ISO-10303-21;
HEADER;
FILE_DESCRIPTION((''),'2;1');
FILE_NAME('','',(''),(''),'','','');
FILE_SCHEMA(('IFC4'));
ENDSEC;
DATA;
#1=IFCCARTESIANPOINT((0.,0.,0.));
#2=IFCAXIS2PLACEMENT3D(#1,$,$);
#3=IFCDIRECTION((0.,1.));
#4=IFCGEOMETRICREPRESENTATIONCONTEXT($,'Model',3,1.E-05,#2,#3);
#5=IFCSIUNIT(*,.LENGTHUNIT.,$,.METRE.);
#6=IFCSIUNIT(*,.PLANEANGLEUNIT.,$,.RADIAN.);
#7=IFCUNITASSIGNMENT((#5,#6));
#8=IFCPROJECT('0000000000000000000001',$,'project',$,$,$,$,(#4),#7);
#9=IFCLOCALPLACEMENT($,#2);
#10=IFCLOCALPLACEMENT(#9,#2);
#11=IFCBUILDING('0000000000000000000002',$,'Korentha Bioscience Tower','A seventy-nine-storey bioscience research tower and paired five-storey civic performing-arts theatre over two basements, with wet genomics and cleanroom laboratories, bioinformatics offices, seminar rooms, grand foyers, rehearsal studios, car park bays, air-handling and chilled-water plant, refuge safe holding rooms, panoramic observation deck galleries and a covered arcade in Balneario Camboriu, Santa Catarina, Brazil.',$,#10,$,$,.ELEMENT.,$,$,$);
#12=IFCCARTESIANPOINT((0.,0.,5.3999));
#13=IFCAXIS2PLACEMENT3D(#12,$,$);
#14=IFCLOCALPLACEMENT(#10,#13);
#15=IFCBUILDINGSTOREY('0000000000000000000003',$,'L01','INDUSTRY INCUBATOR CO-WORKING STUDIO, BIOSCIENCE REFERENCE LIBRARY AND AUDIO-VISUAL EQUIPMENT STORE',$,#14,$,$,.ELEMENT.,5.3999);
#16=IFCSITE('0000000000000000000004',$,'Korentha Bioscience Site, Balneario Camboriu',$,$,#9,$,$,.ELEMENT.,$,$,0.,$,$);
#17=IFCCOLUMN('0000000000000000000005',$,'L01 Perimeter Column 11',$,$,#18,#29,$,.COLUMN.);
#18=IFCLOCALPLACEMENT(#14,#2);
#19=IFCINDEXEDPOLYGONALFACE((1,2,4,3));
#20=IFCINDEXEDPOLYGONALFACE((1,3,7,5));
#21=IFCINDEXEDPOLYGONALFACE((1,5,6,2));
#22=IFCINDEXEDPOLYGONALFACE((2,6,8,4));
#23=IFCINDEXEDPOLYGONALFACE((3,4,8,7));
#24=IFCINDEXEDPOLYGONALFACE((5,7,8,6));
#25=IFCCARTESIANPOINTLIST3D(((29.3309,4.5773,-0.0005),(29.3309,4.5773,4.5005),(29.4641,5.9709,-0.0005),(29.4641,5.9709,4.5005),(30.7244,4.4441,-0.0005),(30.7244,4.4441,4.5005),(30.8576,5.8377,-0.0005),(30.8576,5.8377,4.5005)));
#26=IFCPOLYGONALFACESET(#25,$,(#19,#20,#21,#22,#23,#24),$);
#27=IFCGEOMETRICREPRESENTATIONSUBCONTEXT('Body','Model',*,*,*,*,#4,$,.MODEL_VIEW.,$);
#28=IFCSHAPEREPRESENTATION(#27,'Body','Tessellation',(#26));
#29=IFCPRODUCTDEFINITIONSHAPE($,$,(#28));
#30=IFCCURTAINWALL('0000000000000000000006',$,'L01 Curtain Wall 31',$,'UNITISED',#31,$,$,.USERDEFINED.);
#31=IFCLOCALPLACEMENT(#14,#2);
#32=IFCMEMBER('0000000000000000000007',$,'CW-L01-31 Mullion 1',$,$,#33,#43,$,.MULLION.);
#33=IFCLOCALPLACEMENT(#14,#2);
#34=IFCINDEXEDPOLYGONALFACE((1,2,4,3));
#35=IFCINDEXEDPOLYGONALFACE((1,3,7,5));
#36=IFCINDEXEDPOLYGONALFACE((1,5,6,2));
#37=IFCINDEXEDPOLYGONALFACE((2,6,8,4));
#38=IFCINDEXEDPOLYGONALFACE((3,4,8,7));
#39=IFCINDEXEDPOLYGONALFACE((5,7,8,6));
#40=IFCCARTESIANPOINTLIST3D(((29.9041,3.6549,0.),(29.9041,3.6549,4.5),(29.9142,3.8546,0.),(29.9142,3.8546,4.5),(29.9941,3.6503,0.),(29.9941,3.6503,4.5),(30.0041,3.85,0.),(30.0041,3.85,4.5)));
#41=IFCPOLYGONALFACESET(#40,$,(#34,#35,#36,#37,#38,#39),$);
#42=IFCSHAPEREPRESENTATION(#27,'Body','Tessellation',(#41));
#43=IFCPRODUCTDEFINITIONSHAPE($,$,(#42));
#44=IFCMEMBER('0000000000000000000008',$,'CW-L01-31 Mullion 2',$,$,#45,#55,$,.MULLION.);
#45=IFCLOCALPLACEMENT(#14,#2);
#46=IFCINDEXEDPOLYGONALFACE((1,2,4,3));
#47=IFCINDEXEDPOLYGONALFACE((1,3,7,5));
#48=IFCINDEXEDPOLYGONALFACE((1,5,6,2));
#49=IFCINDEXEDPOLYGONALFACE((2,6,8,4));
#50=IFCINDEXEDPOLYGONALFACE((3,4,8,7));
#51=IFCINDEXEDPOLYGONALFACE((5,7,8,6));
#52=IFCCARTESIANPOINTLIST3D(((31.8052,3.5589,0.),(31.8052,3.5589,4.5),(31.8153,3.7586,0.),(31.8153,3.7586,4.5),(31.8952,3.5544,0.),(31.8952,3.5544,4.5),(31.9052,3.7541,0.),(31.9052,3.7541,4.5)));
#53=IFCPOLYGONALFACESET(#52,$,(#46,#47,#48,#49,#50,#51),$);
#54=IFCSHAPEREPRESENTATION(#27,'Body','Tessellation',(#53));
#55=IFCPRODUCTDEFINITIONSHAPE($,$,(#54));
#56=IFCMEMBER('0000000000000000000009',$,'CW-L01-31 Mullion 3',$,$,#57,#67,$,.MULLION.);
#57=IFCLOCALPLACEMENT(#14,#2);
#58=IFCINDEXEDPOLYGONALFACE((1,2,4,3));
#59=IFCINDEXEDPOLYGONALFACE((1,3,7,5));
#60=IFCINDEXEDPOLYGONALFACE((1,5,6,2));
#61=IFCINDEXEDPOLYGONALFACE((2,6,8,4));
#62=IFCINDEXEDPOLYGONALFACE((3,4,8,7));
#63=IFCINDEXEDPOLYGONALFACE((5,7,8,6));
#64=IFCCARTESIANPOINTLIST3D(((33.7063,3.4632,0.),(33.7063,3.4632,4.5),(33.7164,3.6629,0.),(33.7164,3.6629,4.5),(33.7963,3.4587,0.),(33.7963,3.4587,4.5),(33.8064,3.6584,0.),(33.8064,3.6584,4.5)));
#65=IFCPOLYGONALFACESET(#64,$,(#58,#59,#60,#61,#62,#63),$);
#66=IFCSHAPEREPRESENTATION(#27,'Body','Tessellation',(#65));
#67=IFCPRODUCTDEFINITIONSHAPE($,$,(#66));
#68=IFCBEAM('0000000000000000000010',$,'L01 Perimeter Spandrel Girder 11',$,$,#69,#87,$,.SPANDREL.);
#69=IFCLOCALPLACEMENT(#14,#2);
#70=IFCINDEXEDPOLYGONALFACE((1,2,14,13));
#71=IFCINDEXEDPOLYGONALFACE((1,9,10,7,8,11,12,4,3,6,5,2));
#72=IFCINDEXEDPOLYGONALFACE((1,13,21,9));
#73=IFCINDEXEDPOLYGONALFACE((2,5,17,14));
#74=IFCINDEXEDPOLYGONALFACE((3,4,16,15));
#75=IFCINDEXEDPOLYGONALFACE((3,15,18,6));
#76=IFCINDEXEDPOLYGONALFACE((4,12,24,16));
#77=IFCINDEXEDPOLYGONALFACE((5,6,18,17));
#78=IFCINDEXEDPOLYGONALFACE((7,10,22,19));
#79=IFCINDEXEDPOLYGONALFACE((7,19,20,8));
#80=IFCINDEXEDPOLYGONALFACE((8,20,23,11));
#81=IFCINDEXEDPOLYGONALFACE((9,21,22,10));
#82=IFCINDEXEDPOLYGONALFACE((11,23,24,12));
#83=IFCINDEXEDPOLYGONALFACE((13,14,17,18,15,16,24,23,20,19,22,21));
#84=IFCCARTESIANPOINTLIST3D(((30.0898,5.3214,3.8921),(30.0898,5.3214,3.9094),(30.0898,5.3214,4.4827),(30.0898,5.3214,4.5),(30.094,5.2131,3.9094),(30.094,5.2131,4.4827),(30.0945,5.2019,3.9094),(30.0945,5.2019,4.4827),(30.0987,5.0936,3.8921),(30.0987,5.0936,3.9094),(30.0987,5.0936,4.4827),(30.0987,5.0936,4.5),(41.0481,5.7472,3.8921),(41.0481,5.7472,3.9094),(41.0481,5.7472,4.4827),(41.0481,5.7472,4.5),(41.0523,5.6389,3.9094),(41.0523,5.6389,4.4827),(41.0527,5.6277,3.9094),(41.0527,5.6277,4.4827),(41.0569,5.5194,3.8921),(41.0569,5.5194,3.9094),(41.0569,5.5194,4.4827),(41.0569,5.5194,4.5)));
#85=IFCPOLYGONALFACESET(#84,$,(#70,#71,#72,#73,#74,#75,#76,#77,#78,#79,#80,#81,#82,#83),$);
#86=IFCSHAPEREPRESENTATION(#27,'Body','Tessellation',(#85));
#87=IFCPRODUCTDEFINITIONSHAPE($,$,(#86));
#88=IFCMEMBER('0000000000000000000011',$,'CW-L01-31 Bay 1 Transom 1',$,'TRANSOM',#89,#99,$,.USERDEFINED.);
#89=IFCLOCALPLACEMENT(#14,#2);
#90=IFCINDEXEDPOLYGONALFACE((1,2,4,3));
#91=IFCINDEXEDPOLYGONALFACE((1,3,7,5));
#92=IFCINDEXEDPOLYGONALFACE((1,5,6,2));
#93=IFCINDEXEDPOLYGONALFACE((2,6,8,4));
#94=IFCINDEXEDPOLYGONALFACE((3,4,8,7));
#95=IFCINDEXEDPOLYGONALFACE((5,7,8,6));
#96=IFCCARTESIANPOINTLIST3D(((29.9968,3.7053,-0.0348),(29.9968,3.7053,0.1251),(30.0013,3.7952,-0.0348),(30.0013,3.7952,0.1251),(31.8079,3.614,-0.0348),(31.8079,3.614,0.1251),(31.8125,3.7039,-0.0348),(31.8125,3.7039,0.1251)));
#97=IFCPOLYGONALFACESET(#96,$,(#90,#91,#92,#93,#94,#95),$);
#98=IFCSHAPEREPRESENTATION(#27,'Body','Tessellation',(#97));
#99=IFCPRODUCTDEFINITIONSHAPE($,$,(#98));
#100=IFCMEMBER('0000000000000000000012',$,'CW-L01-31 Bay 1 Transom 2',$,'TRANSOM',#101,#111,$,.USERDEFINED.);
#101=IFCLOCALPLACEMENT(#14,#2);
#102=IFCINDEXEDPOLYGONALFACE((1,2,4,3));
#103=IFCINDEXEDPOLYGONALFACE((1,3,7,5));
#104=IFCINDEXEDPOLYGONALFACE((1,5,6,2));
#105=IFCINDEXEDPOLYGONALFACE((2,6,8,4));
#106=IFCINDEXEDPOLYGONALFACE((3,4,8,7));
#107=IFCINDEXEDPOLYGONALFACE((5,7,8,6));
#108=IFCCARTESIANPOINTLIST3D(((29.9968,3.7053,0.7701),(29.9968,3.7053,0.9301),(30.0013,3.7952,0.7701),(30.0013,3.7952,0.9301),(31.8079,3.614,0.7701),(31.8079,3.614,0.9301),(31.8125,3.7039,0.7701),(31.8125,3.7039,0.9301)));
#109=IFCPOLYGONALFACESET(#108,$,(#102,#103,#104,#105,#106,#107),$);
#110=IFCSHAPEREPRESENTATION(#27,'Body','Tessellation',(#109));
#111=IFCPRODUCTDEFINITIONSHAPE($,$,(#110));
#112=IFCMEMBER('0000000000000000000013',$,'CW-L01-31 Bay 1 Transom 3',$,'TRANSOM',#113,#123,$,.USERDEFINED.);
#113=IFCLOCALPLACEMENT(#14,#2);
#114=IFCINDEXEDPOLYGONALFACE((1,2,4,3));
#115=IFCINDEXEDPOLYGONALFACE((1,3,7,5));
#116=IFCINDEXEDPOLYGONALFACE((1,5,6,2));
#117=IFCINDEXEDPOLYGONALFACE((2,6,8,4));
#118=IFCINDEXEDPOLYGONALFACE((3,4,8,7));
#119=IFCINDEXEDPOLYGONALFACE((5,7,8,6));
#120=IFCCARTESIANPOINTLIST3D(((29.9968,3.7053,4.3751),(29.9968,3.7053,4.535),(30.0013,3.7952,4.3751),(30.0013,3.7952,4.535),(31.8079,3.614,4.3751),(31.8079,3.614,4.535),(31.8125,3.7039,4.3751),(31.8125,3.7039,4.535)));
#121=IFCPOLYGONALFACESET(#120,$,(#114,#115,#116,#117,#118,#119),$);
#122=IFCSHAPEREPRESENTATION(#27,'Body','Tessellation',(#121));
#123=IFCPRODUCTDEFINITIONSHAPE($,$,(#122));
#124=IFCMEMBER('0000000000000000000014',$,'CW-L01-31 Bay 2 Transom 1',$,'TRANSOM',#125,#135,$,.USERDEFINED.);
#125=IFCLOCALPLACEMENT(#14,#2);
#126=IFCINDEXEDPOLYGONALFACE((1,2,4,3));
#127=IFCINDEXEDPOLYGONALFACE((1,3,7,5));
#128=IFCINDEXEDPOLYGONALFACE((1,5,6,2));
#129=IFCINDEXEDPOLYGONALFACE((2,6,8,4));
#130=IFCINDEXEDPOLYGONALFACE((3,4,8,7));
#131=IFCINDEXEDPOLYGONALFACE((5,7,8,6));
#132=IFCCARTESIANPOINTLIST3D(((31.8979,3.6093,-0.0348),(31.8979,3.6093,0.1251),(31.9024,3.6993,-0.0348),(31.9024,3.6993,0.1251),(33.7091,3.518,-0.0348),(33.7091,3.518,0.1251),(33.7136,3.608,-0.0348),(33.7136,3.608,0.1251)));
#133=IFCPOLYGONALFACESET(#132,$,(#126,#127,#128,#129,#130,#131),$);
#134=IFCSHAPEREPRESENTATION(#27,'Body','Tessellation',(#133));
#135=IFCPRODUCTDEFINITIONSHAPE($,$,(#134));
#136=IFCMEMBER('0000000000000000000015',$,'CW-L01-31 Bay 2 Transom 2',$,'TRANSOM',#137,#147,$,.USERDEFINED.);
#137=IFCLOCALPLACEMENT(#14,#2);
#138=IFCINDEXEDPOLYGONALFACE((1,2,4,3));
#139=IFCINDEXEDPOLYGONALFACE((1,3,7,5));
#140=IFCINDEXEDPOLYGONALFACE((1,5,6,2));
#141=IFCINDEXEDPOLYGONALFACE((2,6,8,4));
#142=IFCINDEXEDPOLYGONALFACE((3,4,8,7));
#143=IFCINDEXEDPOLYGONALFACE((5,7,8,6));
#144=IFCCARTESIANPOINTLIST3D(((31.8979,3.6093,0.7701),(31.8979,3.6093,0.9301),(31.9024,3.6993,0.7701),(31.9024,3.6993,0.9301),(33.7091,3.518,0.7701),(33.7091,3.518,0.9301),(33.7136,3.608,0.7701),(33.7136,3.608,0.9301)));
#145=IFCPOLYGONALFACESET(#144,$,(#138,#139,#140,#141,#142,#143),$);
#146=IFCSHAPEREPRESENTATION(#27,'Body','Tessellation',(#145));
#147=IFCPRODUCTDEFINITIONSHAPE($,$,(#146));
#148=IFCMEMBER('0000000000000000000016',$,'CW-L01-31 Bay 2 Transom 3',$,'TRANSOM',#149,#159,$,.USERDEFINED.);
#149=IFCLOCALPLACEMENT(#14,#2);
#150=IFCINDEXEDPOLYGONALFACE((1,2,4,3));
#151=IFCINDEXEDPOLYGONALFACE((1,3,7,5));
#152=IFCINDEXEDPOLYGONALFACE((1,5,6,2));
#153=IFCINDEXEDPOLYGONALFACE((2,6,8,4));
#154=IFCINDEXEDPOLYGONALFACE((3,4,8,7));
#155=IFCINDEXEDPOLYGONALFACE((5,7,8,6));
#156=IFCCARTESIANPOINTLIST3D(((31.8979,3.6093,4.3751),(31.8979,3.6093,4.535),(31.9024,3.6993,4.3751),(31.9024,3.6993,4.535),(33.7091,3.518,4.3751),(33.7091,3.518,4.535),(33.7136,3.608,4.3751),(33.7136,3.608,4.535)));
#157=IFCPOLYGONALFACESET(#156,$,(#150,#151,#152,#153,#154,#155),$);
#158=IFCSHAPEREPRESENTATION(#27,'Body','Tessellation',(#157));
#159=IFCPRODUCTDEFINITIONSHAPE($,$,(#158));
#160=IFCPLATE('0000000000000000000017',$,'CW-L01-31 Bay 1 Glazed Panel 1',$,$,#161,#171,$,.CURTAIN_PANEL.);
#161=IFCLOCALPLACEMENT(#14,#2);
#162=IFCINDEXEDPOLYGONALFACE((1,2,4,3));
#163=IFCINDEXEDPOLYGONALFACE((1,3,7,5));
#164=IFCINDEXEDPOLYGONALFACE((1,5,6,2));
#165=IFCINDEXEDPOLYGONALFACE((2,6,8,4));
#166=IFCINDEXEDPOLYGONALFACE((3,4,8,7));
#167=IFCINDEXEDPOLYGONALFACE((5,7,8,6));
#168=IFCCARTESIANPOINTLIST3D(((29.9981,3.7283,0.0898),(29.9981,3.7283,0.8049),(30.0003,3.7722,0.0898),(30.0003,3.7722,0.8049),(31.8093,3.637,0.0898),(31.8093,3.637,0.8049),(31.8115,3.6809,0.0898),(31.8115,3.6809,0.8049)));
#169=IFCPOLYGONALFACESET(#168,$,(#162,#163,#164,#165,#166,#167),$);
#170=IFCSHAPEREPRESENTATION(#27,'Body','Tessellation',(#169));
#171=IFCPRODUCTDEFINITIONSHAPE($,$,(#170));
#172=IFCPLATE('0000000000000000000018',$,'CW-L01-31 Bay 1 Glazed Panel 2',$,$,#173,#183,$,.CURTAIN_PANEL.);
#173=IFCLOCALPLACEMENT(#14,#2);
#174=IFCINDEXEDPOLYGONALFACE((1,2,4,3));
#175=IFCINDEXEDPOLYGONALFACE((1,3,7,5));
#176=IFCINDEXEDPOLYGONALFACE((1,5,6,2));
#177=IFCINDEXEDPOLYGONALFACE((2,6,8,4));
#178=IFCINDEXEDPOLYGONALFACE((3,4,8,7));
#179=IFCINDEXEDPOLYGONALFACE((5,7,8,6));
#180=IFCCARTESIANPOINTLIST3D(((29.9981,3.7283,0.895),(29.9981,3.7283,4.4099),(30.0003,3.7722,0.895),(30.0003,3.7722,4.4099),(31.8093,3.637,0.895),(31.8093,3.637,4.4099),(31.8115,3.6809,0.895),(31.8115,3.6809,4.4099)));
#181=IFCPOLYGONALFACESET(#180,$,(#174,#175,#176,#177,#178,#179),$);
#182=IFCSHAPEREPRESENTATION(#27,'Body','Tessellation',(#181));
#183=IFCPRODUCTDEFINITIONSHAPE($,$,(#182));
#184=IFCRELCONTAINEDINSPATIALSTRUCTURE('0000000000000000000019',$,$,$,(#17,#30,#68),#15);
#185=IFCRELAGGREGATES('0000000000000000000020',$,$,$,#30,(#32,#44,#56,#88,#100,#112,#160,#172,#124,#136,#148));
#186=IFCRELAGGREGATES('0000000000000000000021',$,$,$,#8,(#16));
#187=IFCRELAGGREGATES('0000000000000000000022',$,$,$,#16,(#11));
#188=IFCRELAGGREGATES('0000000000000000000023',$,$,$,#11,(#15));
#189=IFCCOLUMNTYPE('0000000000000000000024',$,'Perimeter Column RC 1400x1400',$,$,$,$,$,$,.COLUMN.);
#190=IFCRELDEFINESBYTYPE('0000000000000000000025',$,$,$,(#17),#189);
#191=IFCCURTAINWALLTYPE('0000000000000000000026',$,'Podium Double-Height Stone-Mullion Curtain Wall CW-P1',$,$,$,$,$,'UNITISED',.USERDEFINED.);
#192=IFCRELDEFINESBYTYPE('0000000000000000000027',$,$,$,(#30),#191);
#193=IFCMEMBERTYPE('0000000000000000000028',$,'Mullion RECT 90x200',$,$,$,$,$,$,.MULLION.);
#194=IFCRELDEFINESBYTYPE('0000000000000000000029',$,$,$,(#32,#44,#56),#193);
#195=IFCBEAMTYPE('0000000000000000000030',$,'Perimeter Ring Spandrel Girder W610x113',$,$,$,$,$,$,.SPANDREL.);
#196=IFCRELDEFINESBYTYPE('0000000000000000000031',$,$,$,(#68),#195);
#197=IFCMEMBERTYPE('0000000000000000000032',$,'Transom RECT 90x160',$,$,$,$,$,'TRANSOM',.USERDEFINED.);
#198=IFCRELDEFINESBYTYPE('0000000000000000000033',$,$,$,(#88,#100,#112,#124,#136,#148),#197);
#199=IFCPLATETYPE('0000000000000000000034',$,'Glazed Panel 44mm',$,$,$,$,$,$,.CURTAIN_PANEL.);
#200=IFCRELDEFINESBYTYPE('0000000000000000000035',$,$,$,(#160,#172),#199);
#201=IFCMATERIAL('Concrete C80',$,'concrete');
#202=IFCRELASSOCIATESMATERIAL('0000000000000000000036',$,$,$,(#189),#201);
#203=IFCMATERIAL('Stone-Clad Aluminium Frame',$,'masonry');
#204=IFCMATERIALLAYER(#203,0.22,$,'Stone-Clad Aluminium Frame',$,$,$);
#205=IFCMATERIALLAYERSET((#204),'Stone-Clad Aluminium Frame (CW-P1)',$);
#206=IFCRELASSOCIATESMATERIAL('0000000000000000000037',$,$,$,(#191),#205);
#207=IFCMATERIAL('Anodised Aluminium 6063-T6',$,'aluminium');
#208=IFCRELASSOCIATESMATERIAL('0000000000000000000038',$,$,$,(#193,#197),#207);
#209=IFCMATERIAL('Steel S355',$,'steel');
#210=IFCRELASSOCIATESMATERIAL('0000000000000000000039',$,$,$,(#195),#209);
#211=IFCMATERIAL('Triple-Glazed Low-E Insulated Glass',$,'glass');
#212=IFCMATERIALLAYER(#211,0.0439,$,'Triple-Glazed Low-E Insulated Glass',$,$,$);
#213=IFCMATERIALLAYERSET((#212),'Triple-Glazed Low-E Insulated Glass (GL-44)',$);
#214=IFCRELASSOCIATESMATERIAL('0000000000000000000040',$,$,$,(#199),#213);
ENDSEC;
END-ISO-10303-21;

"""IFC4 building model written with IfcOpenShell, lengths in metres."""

from ifc_helpers import new_model, si_unit, direction, frame, origin, origin_2d, place, context, subcontext, project, spatial, rectangle, i_section, extrude, material, layer, layer_set, material_profile, profile_set, type_object, element, aggregate, save


model = new_model("IFC4")

# Units and contexts
model_context = context("Model", 3, precision=1e-05, world=origin(), true_north=direction((0.0, 1.0)))
body_context = subcontext(model_context, "Body", "Model", "MODEL_VIEW")
ifc_project = project(units=[si_unit("LENGTHUNIT", "METRE"), si_unit("PLANEANGLEUNIT", "RADIAN")], contexts=[model_context])

# Site, building, storey
site_placement = place(None, origin())
site = spatial("IfcSite", under=ifc_project, at=site_placement, Name="Korentha Bioscience Site, Balneario Camboriu", CompositionType="ELEMENT", RefElevation=0.0)
building_placement = place(site_placement, origin())
building = spatial("IfcBuilding", under=site, at=building_placement, Name="Korentha Bioscience Tower", Description="A seventy-nine-storey bioscience research tower and paired five-storey civic performing-arts theatre over two basements, with wet genomics and cleanroom laboratories, bioinformatics offices, seminar rooms, grand foyers, rehearsal studios, car park bays, air-handling and chilled-water plant, refuge safe holding rooms, panoramic observation deck galleries and a covered arcade in Balneario Camboriu, Santa Catarina, Brazil.", CompositionType="ELEMENT")
storey_placement = place(building_placement, frame((0.0, 0.0, 5.3999)))
storey = spatial("IfcBuildingStorey", under=building, at=storey_placement, Name="L01", Description="INDUSTRY INCUBATOR CO-WORKING STUDIO, BIOSCIENCE REFERENCE LIBRARY AND AUDIO-VISUAL EQUIPMENT STORE", CompositionType="ELEMENT", Elevation=5.3999)

# Column
ifc_material_1 = material(Name="Concrete C80", Category="concrete")
ifc_material_profile_1 = material_profile(ifc_material_1, rectangle(XDim=1.3999, YDim=1.3999, at=origin_2d()), Name="Concrete C80")
ifc_profile_set_1 = profile_set([ifc_material_profile_1], Name="Concrete C80 (COL-P14)")
column_type = type_object("IfcColumnType", Name="Perimeter Column RC 1400x1400", PredefinedType="COLUMN", material=ifc_profile_set_1)
column_placement = place(storey_placement, frame((30.0942, 5.2075, -0.0005), z_axis=(0.0, 0.0, 1.0), x_axis=(-0.995463, 0.095151, 0.0)))
element("IfcColumn", 1, at=column_placement, inside=storey, type_object=column_type, Name="L01 Perimeter Column 11", PredefinedType="COLUMN", context=body_context, shape_type="SweptSolid", body=[
    extrude(rectangle(XDim=1.3999, YDim=1.3999, at=origin_2d()), origin(), (0.0, 0.0, 1.0), 4.501),
])

# Curtain wall, members
ifc_material_2 = material(Name="Stone-Clad Aluminium Frame", Category="masonry")
ifc_layer_1 = layer(ifc_material_2, 0.22, Name="Stone-Clad Aluminium Frame")
ifc_layer_set_1 = layer_set([ifc_layer_1], Name="Stone-Clad Aluminium Frame (CW-P1)")
curtain_wall_type = type_object("IfcCurtainWallType", Name="Podium Double-Height Stone-Mullion Curtain Wall CW-P1", ElementType="UNITISED", PredefinedType="USERDEFINED", material=ifc_layer_set_1)
curtain_wall_placement = place(storey_placement, origin())
curtain_wall = element("IfcCurtainWall", 2, at=curtain_wall_placement, inside=storey, type_object=curtain_wall_type, Name="L01 Curtain Wall 31", ObjectType="UNITISED", PredefinedType="USERDEFINED")
ifc_material_3 = material(Name="Anodised Aluminium 6063-T6", Category="aluminium")
ifc_material_profile_2 = material_profile(ifc_material_3, rectangle(XDim=0.0901, YDim=0.2, at=origin_2d()), Name="Anodised Aluminium 6063-T6")
ifc_profile_set_2 = profile_set([ifc_material_profile_2], Name="Anodised Aluminium 6063-T6 (CW-MUL)")
member_type_1 = type_object("IfcMemberType", Name="Mullion RECT 90x200", PredefinedType="MULLION", material=ifc_profile_set_2)
member_1_placement = place(storey_placement, frame((29.9541, 3.7524, 0.0), z_axis=(0.0, 0.0, 1.0), x_axis=(0.998731, -0.050371, 0.0)))
member_1 = element("IfcMember", 3, at=member_1_placement, type_object=member_type_1, Name="CW-L01-31 Mullion 1", PredefinedType="MULLION", context=body_context, shape_type="SweptSolid", body=[
    extrude(rectangle(XDim=0.0901, YDim=0.2, at=origin_2d()), origin(), (0.0, 0.0, 1.0), 4.5),
])
member_2_placement = place(storey_placement, frame((31.8552, 3.6565, 0.0), z_axis=(0.0, 0.0, 1.0), x_axis=(0.998731, -0.050371, 0.0)))
member_2 = element("IfcMember", 4, at=member_2_placement, type_object=member_type_1, Name="CW-L01-31 Mullion 2", PredefinedType="MULLION", context=body_context, shape_type="SweptSolid", body=[
    extrude(rectangle(XDim=0.0901, YDim=0.2, at=origin_2d()), origin(), (0.0, 0.0, 1.0), 4.5),
])
member_3_placement = place(storey_placement, frame((33.7563, 3.5608, 0.0), z_axis=(0.0, 0.0, 1.0), x_axis=(0.998731, -0.050371, 0.0)))
member_3 = element("IfcMember", 5, at=member_3_placement, type_object=member_type_1, Name="CW-L01-31 Mullion 3", PredefinedType="MULLION", context=body_context, shape_type="SweptSolid", body=[
    extrude(rectangle(XDim=0.0901, YDim=0.2, at=origin_2d()), origin(), (0.0, 0.0, 1.0), 4.5),
])

# Beam
ifc_material_4 = material(Name="Steel S355", Category="steel")
ifc_material_profile_3 = material_profile(ifc_material_4, i_section(OverallWidth=0.228, OverallDepth=0.6079, WebThickness=0.0112, FlangeThickness=0.0173, at=origin_2d()), Name="Steel S355")
ifc_profile_set_3 = profile_set([ifc_material_profile_3], Name="Steel S355 (SB-610)")
beam_type = type_object("IfcBeamType", Name="Perimeter Ring Spandrel Girder W610x113", PredefinedType="SPANDREL", material=ifc_profile_set_3)
beam_placement = place(storey_placement, frame((30.0942, 5.2075, 4.196), z_axis=(0.999246, 0.038826, 0.0), x_axis=(-0.038826, 0.999246, 0.0)))
element("IfcBeam", 6, at=beam_placement, inside=storey, type_object=beam_type, Name="L01 Perimeter Spandrel Girder 11", PredefinedType="SPANDREL", context=body_context, shape_type="SweptSolid", body=[
    extrude(i_section(OverallWidth=0.228, OverallDepth=0.6079, WebThickness=0.0112, FlangeThickness=0.0173, at=origin_2d()), origin(), (0.0, 0.0, 1.0), 10.9666),
])

# Members
ifc_material_profile_4 = material_profile(ifc_material_3, rectangle(XDim=0.0901, YDim=0.1599, at=origin_2d()), Name="Anodised Aluminium 6063-T6")
ifc_profile_set_4 = profile_set([ifc_material_profile_4], Name="Anodised Aluminium 6063-T6 (CW-TRN)")
member_type_2 = type_object("IfcMemberType", Name="Transom RECT 90x160", ElementType="TRANSOM", PredefinedType="USERDEFINED", material=ifc_profile_set_4)
member_4_placement = place(storey_placement, frame((29.999, 3.7502, 0.0452), z_axis=(0.998732, -0.050347, 0.0), x_axis=(0.050347, 0.998732, 0.0)))
member_4 = element("IfcMember", 7, at=member_4_placement, type_object=member_type_2, Name="CW-L01-31 Bay 1 Transom 1", ObjectType="TRANSOM", PredefinedType="USERDEFINED", context=body_context, shape_type="SweptSolid", body=[
    extrude(rectangle(XDim=0.0901, YDim=0.1599, at=origin_2d()), origin(), (0.0, 0.0, 1.0), 1.8135),
])
member_5_placement = place(storey_placement, frame((29.999, 3.7502, 0.8501), z_axis=(0.998732, -0.050347, 0.0), x_axis=(0.050347, 0.998732, 0.0)))
member_5 = element("IfcMember", 8, at=member_5_placement, type_object=member_type_2, Name="CW-L01-31 Bay 1 Transom 2", ObjectType="TRANSOM", PredefinedType="USERDEFINED", context=body_context, shape_type="SweptSolid", body=[
    extrude(rectangle(XDim=0.0901, YDim=0.1599, at=origin_2d()), origin(), (0.0, 0.0, 1.0), 1.8135),
])
member_6_placement = place(storey_placement, frame((29.999, 3.7502, 4.4551), z_axis=(0.998732, -0.050347, 0.0), x_axis=(0.050347, 0.998732, 0.0)))
member_6 = element("IfcMember", 9, at=member_6_placement, type_object=member_type_2, Name="CW-L01-31 Bay 1 Transom 3", ObjectType="TRANSOM", PredefinedType="USERDEFINED", context=body_context, shape_type="SweptSolid", body=[
    extrude(rectangle(XDim=0.0901, YDim=0.1599, at=origin_2d()), origin(), (0.0, 0.0, 1.0), 1.8135),
])
member_7_placement = place(storey_placement, frame((31.9001, 3.6543, 0.0452), z_axis=(0.998732, -0.050347, 0.0), x_axis=(0.050347, 0.998732, 0.0)))
member_7 = element("IfcMember", 10, at=member_7_placement, type_object=member_type_2, Name="CW-L01-31 Bay 2 Transom 1", ObjectType="TRANSOM", PredefinedType="USERDEFINED", context=body_context, shape_type="SweptSolid", body=[
    extrude(rectangle(XDim=0.0901, YDim=0.1599, at=origin_2d()), origin(), (0.0, 0.0, 1.0), 1.8135),
])
member_8_placement = place(storey_placement, frame((31.9001, 3.6543, 0.8501), z_axis=(0.998732, -0.050347, 0.0), x_axis=(0.050347, 0.998732, 0.0)))
member_8 = element("IfcMember", 11, at=member_8_placement, type_object=member_type_2, Name="CW-L01-31 Bay 2 Transom 2", ObjectType="TRANSOM", PredefinedType="USERDEFINED", context=body_context, shape_type="SweptSolid", body=[
    extrude(rectangle(XDim=0.0901, YDim=0.1599, at=origin_2d()), origin(), (0.0, 0.0, 1.0), 1.8135),
])
member_9_placement = place(storey_placement, frame((31.9001, 3.6543, 4.4551), z_axis=(0.998732, -0.050347, 0.0), x_axis=(0.050347, 0.998732, 0.0)))
member_9 = element("IfcMember", 12, at=member_9_placement, type_object=member_type_2, Name="CW-L01-31 Bay 2 Transom 3", ObjectType="TRANSOM", PredefinedType="USERDEFINED", context=body_context, shape_type="SweptSolid", body=[
    extrude(rectangle(XDim=0.0901, YDim=0.1599, at=origin_2d()), origin(), (0.0, 0.0, 1.0), 1.8135),
])

# Plates
ifc_material_5 = material(Name="Triple-Glazed Low-E Insulated Glass", Category="glass")
ifc_layer_2 = layer(ifc_material_5, 0.0439, Name="Triple-Glazed Low-E Insulated Glass")
ifc_layer_set_2 = layer_set([ifc_layer_2], Name="Triple-Glazed Low-E Insulated Glass (GL-44)")
plate_type = type_object("IfcPlateType", Name="Glazed Panel 44mm", PredefinedType="CURTAIN_PANEL", material=ifc_layer_set_2)
plate_1_placement = place(storey_placement, frame((30.9048, 3.7046, 0.0898), z_axis=(0.0, 0.0, 1.0), x_axis=(0.998731, -0.050371, 0.0)))
plate_1 = element("IfcPlate", 13, at=plate_1_placement, type_object=plate_type, Name="CW-L01-31 Bay 1 Glazed Panel 1", PredefinedType="CURTAIN_PANEL", context=body_context, shape_type="SweptSolid", body=[
    extrude(rectangle(XDim=1.8135, YDim=0.0439, at=origin_2d()), origin(), (0.0, 0.0, 1.0), 0.7151),
])
plate_2_placement = place(storey_placement, frame((30.9048, 3.7046, 0.895), z_axis=(0.0, 0.0, 1.0), x_axis=(0.998731, -0.050371, 0.0)))
plate_2 = element("IfcPlate", 14, at=plate_2_placement, type_object=plate_type, Name="CW-L01-31 Bay 1 Glazed Panel 2", PredefinedType="CURTAIN_PANEL", context=body_context, shape_type="SweptSolid", body=[
    extrude(rectangle(XDim=1.8135, YDim=0.0439, at=origin_2d()), origin(), (0.0, 0.0, 1.0), 3.5149),
])
aggregate(curtain_wall, [member_1, member_2, member_3, member_4, member_5, member_6, plate_1, plate_2, member_7, member_8, member_9])

save(model, "model.ifc")
